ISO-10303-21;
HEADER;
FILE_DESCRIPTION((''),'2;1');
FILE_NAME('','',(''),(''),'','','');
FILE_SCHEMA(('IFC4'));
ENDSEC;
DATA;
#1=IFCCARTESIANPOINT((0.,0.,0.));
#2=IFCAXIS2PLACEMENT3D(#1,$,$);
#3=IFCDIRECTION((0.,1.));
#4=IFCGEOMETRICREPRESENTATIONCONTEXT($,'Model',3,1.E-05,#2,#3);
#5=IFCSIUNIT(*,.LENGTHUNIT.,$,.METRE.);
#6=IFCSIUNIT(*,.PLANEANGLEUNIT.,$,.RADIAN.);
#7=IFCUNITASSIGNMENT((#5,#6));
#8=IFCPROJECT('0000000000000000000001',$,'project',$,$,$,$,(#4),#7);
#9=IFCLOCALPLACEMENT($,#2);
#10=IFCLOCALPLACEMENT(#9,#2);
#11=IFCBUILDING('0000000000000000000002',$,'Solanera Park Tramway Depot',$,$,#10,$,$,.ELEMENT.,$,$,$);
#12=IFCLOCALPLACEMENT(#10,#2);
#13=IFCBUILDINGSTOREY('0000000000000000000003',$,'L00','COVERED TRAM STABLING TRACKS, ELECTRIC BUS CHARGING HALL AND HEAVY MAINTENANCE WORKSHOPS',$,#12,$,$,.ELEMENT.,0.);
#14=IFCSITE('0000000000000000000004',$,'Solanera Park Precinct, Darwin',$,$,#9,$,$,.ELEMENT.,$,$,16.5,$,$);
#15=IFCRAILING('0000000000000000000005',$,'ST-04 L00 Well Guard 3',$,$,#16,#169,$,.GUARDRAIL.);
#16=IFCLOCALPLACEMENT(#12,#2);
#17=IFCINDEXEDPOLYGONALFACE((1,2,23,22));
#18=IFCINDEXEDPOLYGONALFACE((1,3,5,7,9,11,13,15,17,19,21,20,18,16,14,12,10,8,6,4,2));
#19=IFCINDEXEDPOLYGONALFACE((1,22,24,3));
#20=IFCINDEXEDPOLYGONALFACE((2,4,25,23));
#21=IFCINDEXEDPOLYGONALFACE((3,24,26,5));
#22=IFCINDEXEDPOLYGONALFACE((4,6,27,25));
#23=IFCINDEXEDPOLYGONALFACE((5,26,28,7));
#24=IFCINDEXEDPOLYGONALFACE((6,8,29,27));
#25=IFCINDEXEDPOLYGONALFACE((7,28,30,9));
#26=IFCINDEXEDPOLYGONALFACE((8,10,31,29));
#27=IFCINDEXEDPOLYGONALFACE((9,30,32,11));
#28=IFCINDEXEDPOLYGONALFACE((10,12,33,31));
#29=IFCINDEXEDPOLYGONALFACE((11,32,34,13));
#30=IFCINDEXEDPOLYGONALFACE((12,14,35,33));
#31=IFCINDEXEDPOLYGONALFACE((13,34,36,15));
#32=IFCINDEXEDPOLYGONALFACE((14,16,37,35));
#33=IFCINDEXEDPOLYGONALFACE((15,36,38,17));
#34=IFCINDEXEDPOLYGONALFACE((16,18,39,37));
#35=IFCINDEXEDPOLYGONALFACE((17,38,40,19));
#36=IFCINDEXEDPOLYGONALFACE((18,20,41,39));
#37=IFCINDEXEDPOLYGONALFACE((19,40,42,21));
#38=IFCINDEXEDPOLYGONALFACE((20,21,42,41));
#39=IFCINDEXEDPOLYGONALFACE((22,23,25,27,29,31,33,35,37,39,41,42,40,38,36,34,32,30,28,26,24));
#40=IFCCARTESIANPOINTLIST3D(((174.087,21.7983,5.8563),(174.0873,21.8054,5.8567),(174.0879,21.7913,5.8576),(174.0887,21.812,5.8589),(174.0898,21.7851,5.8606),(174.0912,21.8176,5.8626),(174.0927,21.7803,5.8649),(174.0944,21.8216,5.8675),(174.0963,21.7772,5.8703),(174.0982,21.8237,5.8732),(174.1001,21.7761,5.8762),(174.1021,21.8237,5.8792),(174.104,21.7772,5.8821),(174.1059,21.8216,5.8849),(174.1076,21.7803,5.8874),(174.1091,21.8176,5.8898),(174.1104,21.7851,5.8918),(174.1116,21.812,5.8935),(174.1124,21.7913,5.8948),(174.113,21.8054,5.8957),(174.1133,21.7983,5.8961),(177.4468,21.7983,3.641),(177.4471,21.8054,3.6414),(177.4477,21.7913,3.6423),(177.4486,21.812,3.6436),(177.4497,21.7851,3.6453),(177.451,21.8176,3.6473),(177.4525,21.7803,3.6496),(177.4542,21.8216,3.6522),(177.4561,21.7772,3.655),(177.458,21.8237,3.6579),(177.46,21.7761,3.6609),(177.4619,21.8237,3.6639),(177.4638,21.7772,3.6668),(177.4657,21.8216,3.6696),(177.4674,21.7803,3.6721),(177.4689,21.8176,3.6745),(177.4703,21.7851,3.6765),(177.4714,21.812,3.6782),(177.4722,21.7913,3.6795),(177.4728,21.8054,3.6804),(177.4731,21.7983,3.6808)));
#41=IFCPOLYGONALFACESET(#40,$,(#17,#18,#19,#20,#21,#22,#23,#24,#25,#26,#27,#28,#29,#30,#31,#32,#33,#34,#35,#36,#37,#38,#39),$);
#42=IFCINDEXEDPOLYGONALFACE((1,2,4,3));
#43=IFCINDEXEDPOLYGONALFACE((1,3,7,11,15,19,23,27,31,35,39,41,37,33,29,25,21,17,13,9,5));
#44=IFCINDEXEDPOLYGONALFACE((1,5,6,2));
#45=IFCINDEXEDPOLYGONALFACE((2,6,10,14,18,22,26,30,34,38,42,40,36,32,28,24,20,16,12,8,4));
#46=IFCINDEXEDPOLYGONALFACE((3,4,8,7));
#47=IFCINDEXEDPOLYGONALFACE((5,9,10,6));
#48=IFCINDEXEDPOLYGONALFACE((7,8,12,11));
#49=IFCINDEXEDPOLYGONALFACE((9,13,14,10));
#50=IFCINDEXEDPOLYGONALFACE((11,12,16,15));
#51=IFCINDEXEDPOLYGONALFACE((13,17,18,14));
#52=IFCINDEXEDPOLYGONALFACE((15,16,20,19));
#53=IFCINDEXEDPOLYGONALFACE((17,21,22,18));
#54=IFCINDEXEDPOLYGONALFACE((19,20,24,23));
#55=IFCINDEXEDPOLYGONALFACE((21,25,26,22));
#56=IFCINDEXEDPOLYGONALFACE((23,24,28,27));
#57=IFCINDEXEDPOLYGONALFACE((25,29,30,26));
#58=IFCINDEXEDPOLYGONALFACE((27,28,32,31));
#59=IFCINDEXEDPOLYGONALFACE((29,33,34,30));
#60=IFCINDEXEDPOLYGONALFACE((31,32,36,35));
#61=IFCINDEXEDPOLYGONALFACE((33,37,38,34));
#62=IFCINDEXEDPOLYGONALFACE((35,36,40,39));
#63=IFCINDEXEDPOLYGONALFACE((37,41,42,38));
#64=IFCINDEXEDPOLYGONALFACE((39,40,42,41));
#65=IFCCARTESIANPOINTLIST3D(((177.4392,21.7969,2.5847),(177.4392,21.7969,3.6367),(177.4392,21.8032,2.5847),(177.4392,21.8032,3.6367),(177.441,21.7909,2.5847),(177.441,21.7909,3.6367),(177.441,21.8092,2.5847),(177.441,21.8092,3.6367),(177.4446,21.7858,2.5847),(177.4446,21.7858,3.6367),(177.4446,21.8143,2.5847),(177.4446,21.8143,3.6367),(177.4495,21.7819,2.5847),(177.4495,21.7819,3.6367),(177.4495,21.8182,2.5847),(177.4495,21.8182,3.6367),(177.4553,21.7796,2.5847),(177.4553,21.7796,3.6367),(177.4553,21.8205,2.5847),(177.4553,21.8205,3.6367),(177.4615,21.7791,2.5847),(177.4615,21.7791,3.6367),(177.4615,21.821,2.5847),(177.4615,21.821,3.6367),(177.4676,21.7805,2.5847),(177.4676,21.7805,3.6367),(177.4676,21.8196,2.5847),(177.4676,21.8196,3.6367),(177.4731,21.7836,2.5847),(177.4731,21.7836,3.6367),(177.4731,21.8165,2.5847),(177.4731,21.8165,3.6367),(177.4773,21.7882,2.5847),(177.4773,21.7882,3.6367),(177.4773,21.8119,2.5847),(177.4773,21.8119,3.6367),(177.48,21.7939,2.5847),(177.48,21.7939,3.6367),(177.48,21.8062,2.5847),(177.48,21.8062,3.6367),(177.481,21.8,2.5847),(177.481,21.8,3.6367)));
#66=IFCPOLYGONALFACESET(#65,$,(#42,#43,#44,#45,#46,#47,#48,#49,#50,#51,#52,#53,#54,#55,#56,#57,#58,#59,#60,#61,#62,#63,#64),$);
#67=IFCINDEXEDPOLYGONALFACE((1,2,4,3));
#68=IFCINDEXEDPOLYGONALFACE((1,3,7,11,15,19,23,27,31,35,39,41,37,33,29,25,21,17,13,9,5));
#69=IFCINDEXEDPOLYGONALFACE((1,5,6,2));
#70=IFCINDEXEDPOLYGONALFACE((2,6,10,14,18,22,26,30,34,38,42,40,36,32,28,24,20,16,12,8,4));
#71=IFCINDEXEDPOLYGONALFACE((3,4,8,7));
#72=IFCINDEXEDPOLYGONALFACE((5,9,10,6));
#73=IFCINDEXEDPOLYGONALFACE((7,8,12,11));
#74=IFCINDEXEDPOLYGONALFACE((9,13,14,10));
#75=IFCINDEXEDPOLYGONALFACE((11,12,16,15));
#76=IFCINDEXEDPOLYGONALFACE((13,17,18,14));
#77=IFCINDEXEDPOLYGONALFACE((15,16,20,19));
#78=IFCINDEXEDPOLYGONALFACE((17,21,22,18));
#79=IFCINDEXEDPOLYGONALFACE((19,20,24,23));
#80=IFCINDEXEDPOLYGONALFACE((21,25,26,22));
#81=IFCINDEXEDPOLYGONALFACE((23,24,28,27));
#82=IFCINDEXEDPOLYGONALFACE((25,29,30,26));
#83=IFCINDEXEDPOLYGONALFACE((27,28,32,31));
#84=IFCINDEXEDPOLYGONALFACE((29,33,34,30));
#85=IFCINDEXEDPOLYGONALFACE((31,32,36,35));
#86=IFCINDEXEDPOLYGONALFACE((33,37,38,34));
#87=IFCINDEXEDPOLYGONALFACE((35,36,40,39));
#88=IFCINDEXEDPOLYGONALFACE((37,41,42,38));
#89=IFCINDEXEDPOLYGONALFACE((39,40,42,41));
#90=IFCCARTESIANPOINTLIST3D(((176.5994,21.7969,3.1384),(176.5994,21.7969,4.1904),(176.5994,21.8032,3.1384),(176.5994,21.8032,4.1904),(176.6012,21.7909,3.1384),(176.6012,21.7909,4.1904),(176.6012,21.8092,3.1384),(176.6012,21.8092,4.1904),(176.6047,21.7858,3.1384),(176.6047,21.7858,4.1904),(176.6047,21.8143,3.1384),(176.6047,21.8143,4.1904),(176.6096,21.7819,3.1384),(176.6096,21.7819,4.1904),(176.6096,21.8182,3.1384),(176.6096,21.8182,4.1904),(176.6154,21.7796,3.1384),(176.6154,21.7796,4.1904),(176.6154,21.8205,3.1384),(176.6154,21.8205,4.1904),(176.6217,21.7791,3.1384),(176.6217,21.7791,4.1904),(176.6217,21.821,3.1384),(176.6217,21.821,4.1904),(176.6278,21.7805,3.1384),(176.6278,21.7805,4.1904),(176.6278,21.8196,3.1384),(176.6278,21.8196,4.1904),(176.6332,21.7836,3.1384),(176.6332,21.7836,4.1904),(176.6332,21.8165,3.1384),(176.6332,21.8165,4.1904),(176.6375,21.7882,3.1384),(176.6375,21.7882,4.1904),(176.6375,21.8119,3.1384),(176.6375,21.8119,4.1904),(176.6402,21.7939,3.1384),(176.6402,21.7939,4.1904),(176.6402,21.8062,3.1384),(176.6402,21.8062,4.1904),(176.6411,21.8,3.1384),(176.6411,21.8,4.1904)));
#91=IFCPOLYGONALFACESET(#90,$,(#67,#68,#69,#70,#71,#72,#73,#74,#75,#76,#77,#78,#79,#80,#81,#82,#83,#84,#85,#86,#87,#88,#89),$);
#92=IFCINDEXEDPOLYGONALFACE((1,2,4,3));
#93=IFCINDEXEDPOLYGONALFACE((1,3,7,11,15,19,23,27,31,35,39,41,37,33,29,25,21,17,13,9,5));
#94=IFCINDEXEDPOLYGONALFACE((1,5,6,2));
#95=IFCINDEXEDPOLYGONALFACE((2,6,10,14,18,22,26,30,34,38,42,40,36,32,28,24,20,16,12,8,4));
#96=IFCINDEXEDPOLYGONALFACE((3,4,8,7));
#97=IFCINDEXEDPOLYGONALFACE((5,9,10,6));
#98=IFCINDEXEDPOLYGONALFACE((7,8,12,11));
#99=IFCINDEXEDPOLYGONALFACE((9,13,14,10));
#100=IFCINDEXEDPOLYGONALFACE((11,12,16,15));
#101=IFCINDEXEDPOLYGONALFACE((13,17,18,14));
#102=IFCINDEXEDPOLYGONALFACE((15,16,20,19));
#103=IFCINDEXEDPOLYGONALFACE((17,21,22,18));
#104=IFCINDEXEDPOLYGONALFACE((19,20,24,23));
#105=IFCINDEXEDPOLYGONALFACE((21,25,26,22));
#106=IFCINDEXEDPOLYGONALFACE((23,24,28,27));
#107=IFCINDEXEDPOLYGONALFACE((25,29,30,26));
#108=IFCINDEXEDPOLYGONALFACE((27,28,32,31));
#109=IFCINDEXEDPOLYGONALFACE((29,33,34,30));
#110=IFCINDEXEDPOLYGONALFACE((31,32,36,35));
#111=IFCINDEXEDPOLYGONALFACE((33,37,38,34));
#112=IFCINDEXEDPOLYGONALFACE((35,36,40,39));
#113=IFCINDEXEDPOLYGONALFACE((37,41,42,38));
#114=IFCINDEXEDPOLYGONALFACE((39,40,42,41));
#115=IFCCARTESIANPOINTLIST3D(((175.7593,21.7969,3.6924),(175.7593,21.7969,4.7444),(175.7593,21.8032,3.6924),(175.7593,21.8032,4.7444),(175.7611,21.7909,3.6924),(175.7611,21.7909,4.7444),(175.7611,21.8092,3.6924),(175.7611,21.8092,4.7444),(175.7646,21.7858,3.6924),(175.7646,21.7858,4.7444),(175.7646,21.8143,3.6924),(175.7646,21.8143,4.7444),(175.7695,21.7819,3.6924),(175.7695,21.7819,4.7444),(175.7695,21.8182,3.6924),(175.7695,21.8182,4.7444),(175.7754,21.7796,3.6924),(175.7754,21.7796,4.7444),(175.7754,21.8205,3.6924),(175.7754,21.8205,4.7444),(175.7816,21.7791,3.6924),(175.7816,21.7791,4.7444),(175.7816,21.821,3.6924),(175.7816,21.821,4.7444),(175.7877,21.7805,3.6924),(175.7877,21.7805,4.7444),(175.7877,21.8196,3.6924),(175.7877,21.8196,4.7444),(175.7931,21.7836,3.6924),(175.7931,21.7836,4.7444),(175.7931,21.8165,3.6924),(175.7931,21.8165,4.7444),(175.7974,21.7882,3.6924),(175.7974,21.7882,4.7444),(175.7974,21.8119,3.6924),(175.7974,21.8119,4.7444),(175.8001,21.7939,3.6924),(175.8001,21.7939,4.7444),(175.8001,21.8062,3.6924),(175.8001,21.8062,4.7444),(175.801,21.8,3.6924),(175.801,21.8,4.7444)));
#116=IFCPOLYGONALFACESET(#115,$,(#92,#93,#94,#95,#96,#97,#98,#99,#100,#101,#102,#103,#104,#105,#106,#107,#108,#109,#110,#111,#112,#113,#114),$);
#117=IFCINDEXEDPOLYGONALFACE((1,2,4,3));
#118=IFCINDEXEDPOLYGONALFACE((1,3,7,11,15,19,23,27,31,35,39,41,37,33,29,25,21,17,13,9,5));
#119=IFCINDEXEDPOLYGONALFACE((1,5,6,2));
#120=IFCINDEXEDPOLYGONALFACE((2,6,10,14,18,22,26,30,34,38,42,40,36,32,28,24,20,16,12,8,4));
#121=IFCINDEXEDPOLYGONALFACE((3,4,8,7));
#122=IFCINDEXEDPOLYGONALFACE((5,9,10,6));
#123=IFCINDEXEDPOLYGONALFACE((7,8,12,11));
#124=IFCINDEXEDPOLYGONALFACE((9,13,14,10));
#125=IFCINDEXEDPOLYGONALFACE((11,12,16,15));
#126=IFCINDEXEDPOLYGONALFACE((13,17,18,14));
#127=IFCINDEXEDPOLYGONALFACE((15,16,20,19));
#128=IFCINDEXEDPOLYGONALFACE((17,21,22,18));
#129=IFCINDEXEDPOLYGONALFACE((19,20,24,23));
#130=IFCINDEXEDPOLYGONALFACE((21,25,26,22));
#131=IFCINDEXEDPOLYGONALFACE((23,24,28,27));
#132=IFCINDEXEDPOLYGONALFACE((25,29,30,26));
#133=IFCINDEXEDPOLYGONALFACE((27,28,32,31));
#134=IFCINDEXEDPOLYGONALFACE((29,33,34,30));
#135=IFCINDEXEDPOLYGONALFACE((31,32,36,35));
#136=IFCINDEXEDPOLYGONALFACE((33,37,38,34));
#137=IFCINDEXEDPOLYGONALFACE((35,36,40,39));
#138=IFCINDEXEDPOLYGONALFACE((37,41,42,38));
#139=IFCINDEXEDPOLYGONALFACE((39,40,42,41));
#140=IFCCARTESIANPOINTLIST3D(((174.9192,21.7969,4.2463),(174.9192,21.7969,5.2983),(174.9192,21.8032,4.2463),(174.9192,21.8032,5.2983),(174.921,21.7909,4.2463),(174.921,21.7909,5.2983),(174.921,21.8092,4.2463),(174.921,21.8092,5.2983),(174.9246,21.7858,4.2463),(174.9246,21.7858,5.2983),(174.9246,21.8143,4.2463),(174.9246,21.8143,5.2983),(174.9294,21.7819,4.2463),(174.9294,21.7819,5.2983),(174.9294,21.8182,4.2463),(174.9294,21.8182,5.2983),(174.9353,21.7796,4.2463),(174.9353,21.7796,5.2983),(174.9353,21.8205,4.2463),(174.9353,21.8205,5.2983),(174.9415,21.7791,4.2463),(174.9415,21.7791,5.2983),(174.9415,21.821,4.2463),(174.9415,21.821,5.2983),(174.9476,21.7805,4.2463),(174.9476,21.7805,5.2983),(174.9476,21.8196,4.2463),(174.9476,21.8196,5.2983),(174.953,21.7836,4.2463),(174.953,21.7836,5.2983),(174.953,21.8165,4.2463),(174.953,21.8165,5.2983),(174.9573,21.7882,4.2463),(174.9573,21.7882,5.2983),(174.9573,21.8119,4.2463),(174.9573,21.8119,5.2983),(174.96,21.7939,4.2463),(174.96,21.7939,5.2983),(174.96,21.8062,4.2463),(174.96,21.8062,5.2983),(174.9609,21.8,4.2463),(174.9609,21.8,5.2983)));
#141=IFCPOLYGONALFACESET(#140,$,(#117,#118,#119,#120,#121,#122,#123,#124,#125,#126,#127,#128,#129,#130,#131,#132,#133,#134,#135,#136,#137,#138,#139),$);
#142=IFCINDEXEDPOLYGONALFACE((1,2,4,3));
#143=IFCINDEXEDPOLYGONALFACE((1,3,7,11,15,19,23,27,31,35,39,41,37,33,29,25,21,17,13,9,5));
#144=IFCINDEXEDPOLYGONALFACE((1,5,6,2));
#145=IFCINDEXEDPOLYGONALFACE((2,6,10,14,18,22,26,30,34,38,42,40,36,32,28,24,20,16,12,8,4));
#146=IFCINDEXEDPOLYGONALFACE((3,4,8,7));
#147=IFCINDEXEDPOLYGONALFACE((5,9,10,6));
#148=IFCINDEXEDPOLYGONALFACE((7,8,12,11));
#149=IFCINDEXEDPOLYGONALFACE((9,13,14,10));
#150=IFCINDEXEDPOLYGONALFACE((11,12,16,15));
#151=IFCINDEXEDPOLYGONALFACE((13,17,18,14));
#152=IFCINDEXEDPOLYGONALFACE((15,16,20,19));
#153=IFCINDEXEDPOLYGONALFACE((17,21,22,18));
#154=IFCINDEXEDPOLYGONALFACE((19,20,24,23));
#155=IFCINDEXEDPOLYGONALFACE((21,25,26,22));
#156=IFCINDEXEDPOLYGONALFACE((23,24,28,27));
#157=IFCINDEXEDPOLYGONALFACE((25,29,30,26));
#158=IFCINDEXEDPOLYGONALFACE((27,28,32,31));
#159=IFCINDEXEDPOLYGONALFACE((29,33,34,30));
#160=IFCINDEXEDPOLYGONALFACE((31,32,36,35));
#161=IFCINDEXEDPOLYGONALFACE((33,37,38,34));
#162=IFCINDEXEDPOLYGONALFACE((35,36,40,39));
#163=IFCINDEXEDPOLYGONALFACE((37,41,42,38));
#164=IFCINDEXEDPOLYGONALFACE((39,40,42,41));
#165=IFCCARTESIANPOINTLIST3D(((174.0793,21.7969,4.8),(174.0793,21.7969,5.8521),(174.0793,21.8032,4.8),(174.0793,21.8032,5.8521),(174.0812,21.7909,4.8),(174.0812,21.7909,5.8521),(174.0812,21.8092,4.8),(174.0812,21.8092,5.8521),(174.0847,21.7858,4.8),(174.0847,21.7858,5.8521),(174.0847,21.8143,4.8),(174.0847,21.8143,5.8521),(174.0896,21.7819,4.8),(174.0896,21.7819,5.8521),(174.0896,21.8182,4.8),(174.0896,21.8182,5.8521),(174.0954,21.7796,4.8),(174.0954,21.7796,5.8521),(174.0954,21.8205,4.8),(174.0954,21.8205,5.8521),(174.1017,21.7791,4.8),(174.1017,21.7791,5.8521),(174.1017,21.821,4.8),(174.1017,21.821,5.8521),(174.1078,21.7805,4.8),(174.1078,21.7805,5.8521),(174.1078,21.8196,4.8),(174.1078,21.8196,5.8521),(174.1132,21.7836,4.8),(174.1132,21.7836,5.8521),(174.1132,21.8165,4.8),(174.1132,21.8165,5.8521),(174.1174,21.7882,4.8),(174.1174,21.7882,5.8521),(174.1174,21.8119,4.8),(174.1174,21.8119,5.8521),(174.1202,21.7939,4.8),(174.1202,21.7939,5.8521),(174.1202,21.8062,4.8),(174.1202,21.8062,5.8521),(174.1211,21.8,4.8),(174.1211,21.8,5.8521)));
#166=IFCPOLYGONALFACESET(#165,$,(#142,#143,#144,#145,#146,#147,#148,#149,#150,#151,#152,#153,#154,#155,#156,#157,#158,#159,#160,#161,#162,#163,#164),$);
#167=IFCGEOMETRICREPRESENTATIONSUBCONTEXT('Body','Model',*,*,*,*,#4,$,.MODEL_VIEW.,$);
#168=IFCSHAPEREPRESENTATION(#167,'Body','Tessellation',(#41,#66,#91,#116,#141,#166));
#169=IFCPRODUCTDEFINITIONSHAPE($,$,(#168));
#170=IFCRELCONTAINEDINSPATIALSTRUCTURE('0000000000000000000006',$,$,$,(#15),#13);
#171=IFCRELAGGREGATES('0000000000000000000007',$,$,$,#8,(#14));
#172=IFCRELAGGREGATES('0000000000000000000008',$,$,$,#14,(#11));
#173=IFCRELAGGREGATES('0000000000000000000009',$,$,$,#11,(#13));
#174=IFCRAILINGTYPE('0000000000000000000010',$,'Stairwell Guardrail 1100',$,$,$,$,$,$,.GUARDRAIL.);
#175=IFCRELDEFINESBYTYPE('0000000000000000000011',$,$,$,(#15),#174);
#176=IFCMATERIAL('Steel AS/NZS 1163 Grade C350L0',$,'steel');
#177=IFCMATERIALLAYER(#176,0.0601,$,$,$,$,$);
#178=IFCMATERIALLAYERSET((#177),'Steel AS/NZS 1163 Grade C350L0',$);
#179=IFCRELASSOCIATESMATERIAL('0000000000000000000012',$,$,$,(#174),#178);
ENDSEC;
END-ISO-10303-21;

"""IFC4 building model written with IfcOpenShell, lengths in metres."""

from ifc_helpers import new_model, si_unit, direction, frame, origin, origin_2d, place, context, subcontext, project, spatial, circle, extrude, material, layer, layer_set, type_object, element, save


model = new_model("IFC4")

# Units and contexts
model_context = context("Model", 3, precision=1e-05, world=origin(), true_north=direction((0.0, 1.0)))
body_context = subcontext(model_context, "Body", "Model", "MODEL_VIEW")
ifc_project = project(units=[si_unit("LENGTHUNIT", "METRE"), si_unit("PLANEANGLEUNIT", "RADIAN")], contexts=[model_context])

# Site, building, storey
site_placement = place(None, origin())
site = spatial("IfcSite", under=ifc_project, at=site_placement, Name="Solanera Park Precinct, Darwin", CompositionType="ELEMENT", RefElevation=16.5)
building_placement = place(site_placement, origin())
building = spatial("IfcBuilding", under=site, at=building_placement, Name="Solanera Park Tramway Depot", CompositionType="ELEMENT")
storey_placement = place(building_placement, origin())
storey = spatial("IfcBuildingStorey", under=building, at=storey_placement, Name="L00", Description="COVERED TRAM STABLING TRACKS, ELECTRIC BUS CHARGING HALL AND HEAVY MAINTENANCE WORKSHOPS", CompositionType="ELEMENT", Elevation=0.0)

# Railing
ifc_material_1 = material(Name="Steel AS/NZS 1163 Grade C350L0", Category="steel")
ifc_layer_1 = layer(ifc_material_1, 0.0601)
ifc_layer_set_1 = layer_set([ifc_layer_1], Name="Steel AS/NZS 1163 Grade C350L0")
railing_type_1 = type_object("IfcRailingType", Name="Stairwell Guardrail 1100", PredefinedType="GUARDRAIL", material=ifc_layer_set_1)
railing_1_placement = place(storey_placement, frame((177.46, 21.8, 2.5847)))
element("IfcRailing", 1, at=railing_1_placement, inside=storey, type_object=railing_type_1, Name="ST-04 L00 Well Guard 3", PredefinedType="GUARDRAIL", context=body_context, shape_type="SweptSolid", body=[
    extrude(circle(Radius=0.0239, at=origin_2d()), frame((0.0, 0.0, 1.0762), z_axis=(-0.834858, 0.0, 0.550465), x_axis=(0.0, -1.0, 0.0)), (0.0, 0.0, 1.0), 4.0244),
    extrude(circle(Radius=0.021, at=origin_2d()), origin(), (0.0, 0.0, 1.0), 1.052),
    extrude(circle(Radius=0.021, at=origin_2d()), frame((-0.8398, 0.0, 0.5537)), (0.0, 0.0, 1.0), 1.052),
    extrude(circle(Radius=0.021, at=origin_2d()), frame((-1.6799, 0.0, 1.1077)), (0.0, 0.0, 1.0), 1.052),
    extrude(circle(Radius=0.021, at=origin_2d()), frame((-2.52, 0.0, 1.6616)), (0.0, 0.0, 1.0), 1.052),
    extrude(circle(Radius=0.021, at=origin_2d()), frame((-3.3599, 0.0, 2.2153)), (0.0, 0.0, 1.0), 1.052),
])

save(model, "model.ifc")
